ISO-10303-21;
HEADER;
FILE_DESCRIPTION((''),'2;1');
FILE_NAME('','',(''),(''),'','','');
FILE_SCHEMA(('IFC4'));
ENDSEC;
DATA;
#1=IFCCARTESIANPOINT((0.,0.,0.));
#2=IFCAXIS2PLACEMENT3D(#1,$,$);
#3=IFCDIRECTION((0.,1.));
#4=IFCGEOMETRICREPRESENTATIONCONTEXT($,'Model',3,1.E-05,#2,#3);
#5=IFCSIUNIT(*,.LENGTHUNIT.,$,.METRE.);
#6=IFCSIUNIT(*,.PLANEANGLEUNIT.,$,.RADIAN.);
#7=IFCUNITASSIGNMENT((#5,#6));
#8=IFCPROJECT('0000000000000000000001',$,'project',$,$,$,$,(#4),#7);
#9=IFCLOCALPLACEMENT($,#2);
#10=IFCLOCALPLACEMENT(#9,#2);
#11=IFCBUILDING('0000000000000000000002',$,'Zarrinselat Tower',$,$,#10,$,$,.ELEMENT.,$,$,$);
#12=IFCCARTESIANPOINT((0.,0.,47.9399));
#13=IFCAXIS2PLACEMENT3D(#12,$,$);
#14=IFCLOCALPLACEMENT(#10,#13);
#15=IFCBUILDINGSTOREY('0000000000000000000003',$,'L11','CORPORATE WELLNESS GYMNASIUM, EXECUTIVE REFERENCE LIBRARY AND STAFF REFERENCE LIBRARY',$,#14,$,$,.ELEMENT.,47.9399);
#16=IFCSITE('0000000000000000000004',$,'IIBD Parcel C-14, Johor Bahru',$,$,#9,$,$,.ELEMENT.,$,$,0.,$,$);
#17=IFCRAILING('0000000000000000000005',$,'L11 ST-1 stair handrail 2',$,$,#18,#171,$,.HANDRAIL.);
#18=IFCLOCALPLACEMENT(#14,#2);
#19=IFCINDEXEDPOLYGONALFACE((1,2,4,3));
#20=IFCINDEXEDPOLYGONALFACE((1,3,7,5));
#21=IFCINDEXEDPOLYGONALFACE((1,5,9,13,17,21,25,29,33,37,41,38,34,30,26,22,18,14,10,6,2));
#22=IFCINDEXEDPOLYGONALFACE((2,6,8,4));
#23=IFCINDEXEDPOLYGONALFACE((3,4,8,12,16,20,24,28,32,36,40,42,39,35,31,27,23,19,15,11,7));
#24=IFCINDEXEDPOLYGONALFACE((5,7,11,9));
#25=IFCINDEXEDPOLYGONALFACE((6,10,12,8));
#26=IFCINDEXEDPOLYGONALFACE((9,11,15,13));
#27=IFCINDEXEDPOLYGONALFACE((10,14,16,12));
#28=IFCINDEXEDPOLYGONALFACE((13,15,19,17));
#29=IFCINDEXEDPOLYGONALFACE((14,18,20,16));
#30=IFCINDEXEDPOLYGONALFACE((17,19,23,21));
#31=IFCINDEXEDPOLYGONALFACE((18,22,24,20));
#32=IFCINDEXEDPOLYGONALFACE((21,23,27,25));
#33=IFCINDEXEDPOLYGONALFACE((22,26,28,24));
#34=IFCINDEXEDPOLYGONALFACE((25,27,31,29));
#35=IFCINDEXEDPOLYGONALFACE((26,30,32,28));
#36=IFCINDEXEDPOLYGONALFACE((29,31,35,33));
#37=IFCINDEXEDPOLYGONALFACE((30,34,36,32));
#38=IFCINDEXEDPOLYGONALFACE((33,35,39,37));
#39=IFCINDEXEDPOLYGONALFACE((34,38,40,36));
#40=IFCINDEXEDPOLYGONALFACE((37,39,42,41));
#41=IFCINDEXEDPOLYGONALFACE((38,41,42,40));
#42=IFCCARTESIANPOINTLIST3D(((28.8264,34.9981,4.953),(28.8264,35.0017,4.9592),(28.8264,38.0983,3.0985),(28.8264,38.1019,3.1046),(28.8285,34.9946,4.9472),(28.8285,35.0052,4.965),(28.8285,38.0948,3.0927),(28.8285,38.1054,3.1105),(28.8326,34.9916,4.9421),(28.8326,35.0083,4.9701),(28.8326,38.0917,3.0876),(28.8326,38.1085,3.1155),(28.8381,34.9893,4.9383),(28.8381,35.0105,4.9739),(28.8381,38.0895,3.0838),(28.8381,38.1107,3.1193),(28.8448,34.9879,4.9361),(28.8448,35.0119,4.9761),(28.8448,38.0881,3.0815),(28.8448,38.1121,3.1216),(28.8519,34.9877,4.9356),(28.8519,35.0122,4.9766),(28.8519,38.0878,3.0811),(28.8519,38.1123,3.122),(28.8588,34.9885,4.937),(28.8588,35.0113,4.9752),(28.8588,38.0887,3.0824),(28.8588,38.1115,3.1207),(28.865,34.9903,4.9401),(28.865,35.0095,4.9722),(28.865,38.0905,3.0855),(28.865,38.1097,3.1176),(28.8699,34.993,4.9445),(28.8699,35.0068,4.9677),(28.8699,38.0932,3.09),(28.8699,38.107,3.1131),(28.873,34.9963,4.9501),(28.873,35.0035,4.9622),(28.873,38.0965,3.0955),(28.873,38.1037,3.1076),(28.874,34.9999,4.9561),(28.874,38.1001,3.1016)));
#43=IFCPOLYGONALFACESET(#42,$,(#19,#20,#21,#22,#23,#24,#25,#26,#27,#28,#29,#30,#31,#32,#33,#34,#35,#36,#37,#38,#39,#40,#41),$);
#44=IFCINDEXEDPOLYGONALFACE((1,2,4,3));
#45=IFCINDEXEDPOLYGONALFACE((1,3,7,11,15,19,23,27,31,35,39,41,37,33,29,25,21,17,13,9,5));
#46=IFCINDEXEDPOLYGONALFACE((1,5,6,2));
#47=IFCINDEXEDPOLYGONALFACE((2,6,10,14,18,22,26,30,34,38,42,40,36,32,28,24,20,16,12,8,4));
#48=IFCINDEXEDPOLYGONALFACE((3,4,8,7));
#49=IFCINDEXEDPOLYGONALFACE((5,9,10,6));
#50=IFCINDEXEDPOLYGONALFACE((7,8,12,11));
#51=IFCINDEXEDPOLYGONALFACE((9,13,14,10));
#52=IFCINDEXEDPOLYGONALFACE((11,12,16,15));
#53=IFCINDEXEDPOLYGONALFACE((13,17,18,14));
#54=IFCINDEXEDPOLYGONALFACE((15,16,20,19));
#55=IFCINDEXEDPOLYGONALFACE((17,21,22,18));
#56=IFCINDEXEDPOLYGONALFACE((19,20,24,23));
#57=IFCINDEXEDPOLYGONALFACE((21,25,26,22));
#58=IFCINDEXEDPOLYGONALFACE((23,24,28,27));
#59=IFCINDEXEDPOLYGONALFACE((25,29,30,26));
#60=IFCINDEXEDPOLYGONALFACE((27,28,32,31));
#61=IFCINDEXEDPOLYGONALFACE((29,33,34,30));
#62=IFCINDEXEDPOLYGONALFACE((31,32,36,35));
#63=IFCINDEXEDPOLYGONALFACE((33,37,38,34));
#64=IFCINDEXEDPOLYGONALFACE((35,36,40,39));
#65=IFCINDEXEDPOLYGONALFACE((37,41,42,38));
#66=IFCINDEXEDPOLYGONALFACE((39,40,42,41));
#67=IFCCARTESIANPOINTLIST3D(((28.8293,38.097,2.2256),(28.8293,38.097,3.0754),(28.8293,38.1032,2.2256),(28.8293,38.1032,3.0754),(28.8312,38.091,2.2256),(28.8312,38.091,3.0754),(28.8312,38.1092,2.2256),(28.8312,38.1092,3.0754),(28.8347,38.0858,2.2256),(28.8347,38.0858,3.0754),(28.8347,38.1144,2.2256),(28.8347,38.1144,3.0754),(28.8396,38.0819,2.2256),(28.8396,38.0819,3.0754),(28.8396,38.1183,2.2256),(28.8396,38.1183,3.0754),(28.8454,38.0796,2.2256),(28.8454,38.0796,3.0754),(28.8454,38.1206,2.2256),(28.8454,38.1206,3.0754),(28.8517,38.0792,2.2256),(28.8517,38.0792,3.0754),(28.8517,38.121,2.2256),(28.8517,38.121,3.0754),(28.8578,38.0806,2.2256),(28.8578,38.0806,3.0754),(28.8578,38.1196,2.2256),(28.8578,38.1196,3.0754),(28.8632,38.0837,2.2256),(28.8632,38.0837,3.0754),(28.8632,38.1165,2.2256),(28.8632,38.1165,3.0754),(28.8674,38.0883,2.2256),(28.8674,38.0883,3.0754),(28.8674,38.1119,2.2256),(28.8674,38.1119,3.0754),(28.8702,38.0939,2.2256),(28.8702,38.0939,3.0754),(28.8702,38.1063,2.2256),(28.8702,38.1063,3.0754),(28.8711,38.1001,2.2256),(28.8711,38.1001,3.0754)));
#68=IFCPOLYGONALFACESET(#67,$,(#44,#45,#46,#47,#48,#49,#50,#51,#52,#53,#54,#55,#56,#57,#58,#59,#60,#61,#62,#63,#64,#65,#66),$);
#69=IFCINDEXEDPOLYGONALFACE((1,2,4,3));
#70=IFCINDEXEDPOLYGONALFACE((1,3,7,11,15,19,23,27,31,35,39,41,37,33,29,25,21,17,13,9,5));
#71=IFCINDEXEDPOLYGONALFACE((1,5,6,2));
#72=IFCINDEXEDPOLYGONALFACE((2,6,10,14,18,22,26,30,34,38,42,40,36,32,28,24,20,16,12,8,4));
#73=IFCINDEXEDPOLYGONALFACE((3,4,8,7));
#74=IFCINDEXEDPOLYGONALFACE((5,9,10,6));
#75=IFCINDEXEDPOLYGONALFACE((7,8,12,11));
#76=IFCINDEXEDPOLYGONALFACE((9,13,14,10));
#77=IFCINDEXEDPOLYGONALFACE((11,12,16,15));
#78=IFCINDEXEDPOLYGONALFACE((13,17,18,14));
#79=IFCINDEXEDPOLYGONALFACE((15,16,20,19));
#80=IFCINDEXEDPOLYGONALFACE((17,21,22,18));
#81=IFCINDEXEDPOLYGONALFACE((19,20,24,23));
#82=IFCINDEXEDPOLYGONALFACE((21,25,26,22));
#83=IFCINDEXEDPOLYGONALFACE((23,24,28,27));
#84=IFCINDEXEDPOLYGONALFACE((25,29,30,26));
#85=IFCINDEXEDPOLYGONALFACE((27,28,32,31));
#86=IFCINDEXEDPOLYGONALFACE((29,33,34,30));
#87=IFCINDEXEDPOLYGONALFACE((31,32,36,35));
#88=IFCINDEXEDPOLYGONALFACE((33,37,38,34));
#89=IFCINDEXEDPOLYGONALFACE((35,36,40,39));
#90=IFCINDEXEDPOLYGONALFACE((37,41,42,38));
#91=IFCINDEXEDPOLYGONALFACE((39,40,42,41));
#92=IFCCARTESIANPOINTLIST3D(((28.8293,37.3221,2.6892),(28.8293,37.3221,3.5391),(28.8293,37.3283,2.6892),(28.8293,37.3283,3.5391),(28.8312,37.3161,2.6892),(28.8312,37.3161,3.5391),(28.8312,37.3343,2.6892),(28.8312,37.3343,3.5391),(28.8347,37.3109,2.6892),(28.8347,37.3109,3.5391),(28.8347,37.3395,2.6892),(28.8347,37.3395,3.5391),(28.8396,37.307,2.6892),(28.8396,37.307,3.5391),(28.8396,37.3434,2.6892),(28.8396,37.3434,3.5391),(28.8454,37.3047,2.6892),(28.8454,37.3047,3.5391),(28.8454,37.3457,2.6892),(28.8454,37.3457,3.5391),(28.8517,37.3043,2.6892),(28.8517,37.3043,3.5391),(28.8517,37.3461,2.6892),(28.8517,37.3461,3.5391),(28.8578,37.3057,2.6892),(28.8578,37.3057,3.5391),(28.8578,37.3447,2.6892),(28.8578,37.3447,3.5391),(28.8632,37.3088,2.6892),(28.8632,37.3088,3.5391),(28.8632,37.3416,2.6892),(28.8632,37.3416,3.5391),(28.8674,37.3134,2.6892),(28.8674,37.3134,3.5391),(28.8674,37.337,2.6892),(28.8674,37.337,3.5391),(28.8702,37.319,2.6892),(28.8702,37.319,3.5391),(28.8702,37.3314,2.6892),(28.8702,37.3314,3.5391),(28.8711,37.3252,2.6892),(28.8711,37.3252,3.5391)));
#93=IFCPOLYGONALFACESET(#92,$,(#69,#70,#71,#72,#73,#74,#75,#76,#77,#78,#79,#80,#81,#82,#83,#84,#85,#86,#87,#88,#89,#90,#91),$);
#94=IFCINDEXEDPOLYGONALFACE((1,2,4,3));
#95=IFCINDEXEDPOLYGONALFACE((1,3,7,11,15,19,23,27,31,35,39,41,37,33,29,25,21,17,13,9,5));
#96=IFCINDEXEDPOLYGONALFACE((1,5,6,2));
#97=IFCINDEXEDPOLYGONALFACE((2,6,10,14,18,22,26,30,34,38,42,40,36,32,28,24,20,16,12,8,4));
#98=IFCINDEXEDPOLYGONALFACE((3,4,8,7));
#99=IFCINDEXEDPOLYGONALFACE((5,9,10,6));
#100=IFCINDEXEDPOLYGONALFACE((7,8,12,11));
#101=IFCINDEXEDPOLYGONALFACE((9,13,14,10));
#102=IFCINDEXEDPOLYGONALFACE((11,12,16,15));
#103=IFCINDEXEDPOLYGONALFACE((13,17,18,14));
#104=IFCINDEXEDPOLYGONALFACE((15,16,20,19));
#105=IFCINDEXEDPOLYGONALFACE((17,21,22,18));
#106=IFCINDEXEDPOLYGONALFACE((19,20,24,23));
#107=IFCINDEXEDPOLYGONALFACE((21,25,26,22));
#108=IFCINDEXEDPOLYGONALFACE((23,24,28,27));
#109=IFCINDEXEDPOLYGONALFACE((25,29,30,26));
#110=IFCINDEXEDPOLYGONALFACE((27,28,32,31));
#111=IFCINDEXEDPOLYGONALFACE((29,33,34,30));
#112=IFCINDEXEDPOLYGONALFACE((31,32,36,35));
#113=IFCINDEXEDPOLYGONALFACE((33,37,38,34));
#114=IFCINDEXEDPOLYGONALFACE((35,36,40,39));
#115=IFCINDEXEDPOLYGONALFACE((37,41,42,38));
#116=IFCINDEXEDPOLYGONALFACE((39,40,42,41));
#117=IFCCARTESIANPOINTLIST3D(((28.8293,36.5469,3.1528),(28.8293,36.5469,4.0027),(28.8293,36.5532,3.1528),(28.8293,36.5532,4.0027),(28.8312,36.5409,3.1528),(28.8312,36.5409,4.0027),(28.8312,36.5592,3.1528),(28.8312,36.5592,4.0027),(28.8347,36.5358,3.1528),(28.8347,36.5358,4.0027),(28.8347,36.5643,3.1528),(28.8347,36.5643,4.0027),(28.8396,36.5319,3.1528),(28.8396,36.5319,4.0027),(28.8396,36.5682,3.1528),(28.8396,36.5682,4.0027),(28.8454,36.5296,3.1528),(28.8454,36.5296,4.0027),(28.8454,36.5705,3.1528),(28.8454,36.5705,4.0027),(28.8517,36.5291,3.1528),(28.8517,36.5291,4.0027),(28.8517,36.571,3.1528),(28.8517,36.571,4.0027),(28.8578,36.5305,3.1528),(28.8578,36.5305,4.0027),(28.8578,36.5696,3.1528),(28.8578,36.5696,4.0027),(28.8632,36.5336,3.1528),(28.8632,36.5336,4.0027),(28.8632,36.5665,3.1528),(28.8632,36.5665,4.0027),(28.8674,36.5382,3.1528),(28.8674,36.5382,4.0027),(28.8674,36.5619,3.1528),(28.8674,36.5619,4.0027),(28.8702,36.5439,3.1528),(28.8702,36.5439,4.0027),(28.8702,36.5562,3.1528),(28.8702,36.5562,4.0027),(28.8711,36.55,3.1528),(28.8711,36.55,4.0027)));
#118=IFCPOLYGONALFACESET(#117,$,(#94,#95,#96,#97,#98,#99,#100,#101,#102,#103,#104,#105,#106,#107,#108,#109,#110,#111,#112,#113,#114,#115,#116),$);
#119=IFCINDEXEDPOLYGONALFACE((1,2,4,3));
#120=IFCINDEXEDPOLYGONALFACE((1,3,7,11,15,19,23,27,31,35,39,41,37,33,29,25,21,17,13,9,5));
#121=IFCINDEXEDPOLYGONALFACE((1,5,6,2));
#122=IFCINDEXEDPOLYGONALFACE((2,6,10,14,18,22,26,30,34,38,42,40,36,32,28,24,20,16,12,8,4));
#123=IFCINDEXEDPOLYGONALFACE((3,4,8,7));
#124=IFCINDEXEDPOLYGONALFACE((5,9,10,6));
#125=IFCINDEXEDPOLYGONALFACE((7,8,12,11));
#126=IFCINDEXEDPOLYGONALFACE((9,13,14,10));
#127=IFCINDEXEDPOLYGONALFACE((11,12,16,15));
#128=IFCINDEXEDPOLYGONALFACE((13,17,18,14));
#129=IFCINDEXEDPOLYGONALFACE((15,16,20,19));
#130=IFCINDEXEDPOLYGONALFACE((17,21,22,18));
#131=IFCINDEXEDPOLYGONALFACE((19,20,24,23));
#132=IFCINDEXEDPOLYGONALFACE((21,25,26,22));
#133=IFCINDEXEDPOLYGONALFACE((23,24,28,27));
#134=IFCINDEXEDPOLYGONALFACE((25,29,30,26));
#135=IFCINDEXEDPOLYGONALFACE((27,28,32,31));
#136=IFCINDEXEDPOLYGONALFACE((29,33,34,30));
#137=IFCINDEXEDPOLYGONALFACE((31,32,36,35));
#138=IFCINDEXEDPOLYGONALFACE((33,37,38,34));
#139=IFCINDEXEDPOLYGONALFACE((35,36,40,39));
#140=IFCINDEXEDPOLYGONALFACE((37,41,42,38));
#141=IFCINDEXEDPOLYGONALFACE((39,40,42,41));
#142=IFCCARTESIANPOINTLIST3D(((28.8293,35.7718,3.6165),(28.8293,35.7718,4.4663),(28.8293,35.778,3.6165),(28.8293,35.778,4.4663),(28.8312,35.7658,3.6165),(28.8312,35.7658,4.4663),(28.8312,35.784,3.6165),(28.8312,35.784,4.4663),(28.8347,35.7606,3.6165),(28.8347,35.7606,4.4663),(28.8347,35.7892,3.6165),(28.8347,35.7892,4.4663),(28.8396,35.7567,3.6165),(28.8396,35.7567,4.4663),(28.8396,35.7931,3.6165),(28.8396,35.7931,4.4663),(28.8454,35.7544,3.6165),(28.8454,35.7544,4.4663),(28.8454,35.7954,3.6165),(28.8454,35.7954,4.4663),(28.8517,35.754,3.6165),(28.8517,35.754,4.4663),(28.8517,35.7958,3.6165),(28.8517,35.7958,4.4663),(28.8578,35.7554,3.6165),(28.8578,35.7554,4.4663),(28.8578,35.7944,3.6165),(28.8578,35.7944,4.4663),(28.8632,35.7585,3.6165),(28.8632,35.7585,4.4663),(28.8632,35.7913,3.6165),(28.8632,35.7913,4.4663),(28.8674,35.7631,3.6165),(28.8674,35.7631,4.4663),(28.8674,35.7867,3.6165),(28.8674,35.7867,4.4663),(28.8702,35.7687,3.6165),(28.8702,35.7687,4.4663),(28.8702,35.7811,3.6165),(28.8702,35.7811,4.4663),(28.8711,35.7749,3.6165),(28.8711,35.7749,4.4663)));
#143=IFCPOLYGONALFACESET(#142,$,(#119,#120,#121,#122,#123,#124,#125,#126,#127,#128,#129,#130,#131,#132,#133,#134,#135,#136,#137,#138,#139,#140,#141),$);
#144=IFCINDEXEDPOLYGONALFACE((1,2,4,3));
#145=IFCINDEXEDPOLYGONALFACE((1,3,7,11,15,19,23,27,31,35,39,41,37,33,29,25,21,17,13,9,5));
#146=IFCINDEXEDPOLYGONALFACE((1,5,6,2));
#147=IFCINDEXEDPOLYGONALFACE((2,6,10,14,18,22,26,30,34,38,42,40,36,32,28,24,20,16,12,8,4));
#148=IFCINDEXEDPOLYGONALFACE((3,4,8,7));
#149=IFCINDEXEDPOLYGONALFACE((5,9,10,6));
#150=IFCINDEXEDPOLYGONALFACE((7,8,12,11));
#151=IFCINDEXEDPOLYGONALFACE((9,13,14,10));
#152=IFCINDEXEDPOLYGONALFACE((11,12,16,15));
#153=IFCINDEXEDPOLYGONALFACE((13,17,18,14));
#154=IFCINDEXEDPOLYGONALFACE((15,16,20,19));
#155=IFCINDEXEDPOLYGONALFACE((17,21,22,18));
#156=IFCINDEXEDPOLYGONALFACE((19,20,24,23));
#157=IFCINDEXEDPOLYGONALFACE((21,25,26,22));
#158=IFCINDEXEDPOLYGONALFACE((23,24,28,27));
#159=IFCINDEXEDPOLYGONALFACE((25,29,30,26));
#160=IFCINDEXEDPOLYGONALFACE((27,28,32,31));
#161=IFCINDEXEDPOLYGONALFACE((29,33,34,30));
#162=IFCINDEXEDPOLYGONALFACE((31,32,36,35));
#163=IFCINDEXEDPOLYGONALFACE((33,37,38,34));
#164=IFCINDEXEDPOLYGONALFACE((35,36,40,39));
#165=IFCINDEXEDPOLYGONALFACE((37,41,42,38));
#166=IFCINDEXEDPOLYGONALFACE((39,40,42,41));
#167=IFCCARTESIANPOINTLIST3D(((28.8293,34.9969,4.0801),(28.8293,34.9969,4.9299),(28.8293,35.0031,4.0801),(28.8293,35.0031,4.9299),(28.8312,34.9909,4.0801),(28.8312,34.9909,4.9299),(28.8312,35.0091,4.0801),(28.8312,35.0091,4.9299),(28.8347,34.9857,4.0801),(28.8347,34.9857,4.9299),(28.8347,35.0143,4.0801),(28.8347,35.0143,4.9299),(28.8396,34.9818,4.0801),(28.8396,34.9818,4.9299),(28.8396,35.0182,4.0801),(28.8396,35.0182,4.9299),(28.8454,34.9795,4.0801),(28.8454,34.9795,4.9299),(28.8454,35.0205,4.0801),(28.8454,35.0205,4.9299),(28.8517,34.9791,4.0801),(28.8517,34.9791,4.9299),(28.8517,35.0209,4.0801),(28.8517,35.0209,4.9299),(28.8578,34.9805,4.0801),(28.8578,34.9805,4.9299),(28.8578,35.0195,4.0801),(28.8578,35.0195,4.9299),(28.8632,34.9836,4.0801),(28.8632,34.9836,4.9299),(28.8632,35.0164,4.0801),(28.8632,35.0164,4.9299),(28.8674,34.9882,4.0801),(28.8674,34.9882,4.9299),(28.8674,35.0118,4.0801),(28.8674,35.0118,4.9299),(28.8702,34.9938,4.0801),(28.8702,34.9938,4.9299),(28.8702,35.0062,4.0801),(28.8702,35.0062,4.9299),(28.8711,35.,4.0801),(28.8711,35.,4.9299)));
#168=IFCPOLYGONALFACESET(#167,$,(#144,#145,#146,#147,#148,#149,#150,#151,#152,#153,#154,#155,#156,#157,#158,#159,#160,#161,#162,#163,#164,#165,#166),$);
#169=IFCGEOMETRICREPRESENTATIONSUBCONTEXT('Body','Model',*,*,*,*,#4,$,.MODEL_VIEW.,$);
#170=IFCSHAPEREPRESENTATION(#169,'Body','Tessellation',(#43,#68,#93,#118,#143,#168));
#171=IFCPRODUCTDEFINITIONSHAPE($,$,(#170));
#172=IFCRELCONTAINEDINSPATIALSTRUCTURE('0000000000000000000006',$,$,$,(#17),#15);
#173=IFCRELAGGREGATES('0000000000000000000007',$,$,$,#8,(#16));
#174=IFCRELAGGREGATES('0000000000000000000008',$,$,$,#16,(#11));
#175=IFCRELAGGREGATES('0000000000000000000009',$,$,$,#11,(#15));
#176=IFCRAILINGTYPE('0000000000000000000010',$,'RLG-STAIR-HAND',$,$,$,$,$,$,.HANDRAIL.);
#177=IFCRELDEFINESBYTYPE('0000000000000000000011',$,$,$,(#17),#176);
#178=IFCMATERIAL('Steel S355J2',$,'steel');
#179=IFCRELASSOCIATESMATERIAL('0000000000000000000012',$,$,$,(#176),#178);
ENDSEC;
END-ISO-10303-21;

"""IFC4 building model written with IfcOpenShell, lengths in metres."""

from ifc_helpers import new_model, si_unit, direction, frame, origin, origin_2d, place, context, subcontext, project, spatial, circle, extrude, material, type_object, element, save


model = new_model("IFC4")

# Units and contexts
model_context = context("Model", 3, precision=1e-05, world=origin(), true_north=direction((0.0, 1.0)))
body_context = subcontext(model_context, "Body", "Model", "MODEL_VIEW")
ifc_project = project(units=[si_unit("LENGTHUNIT", "METRE"), si_unit("PLANEANGLEUNIT", "RADIAN")], contexts=[model_context])

# Site, building, storey
site_placement = place(None, origin())
site = spatial("IfcSite", under=ifc_project, at=site_placement, Name="IIBD Parcel C-14, Johor Bahru", CompositionType="ELEMENT", RefElevation=0.0)
building_placement = place(site_placement, origin())
building = spatial("IfcBuilding", under=site, at=building_placement, Name="Zarrinselat Tower", CompositionType="ELEMENT")
storey_placement = place(building_placement, frame((0.0, 0.0, 47.9399)))
storey = spatial("IfcBuildingStorey", under=building, at=storey_placement, Name="L11", Description="CORPORATE WELLNESS GYMNASIUM, EXECUTIVE REFERENCE LIBRARY AND STAFF REFERENCE LIBRARY", CompositionType="ELEMENT", Elevation=47.9399)

# Railing
ifc_material_1 = material(Name="Steel S355J2", Category="steel")
railing_type_1 = type_object("IfcRailingType", Name="RLG-STAIR-HAND", PredefinedType="HANDRAIL", material=ifc_material_1)
railing_1_placement = place(storey_placement, frame((28.8501, 38.1001, 2.2256)))
element("IfcRailing", 1, at=railing_1_placement, inside=storey, type_object=railing_type_1, Name="L11 ST-1 stair handrail 2", PredefinedType="HANDRAIL", context=body_context, shape_type="SweptSolid", body=[
    extrude(circle(Radius=0.0239, at=origin_2d()), frame((0.0, 0.0, 0.876), z_axis=(0.0, -0.858172, 0.513362), x_axis=(1.0, 0.0, 0.0)), (0.0, 0.0, 1.0), 3.6125),
    extrude(circle(Radius=0.021, at=origin_2d()), origin(), (0.0, 0.0, 1.0), 0.8499),
    extrude(circle(Radius=0.021, at=origin_2d()), frame((0.0, -0.7749, 0.4636)), (0.0, 0.0, 1.0), 0.8499),
    extrude(circle(Radius=0.021, at=origin_2d()), frame((0.0, -1.55, 0.9272)), (0.0, 0.0, 1.0), 0.8499),
    extrude(circle(Radius=0.021, at=origin_2d()), frame((0.0, -2.3252, 1.3909)), (0.0, 0.0, 1.0), 0.8499),
    extrude(circle(Radius=0.021, at=origin_2d()), frame((0.0, -3.1001, 1.8545)), (0.0, 0.0, 1.0), 0.8499),
])

save(model, "model.ifc")
